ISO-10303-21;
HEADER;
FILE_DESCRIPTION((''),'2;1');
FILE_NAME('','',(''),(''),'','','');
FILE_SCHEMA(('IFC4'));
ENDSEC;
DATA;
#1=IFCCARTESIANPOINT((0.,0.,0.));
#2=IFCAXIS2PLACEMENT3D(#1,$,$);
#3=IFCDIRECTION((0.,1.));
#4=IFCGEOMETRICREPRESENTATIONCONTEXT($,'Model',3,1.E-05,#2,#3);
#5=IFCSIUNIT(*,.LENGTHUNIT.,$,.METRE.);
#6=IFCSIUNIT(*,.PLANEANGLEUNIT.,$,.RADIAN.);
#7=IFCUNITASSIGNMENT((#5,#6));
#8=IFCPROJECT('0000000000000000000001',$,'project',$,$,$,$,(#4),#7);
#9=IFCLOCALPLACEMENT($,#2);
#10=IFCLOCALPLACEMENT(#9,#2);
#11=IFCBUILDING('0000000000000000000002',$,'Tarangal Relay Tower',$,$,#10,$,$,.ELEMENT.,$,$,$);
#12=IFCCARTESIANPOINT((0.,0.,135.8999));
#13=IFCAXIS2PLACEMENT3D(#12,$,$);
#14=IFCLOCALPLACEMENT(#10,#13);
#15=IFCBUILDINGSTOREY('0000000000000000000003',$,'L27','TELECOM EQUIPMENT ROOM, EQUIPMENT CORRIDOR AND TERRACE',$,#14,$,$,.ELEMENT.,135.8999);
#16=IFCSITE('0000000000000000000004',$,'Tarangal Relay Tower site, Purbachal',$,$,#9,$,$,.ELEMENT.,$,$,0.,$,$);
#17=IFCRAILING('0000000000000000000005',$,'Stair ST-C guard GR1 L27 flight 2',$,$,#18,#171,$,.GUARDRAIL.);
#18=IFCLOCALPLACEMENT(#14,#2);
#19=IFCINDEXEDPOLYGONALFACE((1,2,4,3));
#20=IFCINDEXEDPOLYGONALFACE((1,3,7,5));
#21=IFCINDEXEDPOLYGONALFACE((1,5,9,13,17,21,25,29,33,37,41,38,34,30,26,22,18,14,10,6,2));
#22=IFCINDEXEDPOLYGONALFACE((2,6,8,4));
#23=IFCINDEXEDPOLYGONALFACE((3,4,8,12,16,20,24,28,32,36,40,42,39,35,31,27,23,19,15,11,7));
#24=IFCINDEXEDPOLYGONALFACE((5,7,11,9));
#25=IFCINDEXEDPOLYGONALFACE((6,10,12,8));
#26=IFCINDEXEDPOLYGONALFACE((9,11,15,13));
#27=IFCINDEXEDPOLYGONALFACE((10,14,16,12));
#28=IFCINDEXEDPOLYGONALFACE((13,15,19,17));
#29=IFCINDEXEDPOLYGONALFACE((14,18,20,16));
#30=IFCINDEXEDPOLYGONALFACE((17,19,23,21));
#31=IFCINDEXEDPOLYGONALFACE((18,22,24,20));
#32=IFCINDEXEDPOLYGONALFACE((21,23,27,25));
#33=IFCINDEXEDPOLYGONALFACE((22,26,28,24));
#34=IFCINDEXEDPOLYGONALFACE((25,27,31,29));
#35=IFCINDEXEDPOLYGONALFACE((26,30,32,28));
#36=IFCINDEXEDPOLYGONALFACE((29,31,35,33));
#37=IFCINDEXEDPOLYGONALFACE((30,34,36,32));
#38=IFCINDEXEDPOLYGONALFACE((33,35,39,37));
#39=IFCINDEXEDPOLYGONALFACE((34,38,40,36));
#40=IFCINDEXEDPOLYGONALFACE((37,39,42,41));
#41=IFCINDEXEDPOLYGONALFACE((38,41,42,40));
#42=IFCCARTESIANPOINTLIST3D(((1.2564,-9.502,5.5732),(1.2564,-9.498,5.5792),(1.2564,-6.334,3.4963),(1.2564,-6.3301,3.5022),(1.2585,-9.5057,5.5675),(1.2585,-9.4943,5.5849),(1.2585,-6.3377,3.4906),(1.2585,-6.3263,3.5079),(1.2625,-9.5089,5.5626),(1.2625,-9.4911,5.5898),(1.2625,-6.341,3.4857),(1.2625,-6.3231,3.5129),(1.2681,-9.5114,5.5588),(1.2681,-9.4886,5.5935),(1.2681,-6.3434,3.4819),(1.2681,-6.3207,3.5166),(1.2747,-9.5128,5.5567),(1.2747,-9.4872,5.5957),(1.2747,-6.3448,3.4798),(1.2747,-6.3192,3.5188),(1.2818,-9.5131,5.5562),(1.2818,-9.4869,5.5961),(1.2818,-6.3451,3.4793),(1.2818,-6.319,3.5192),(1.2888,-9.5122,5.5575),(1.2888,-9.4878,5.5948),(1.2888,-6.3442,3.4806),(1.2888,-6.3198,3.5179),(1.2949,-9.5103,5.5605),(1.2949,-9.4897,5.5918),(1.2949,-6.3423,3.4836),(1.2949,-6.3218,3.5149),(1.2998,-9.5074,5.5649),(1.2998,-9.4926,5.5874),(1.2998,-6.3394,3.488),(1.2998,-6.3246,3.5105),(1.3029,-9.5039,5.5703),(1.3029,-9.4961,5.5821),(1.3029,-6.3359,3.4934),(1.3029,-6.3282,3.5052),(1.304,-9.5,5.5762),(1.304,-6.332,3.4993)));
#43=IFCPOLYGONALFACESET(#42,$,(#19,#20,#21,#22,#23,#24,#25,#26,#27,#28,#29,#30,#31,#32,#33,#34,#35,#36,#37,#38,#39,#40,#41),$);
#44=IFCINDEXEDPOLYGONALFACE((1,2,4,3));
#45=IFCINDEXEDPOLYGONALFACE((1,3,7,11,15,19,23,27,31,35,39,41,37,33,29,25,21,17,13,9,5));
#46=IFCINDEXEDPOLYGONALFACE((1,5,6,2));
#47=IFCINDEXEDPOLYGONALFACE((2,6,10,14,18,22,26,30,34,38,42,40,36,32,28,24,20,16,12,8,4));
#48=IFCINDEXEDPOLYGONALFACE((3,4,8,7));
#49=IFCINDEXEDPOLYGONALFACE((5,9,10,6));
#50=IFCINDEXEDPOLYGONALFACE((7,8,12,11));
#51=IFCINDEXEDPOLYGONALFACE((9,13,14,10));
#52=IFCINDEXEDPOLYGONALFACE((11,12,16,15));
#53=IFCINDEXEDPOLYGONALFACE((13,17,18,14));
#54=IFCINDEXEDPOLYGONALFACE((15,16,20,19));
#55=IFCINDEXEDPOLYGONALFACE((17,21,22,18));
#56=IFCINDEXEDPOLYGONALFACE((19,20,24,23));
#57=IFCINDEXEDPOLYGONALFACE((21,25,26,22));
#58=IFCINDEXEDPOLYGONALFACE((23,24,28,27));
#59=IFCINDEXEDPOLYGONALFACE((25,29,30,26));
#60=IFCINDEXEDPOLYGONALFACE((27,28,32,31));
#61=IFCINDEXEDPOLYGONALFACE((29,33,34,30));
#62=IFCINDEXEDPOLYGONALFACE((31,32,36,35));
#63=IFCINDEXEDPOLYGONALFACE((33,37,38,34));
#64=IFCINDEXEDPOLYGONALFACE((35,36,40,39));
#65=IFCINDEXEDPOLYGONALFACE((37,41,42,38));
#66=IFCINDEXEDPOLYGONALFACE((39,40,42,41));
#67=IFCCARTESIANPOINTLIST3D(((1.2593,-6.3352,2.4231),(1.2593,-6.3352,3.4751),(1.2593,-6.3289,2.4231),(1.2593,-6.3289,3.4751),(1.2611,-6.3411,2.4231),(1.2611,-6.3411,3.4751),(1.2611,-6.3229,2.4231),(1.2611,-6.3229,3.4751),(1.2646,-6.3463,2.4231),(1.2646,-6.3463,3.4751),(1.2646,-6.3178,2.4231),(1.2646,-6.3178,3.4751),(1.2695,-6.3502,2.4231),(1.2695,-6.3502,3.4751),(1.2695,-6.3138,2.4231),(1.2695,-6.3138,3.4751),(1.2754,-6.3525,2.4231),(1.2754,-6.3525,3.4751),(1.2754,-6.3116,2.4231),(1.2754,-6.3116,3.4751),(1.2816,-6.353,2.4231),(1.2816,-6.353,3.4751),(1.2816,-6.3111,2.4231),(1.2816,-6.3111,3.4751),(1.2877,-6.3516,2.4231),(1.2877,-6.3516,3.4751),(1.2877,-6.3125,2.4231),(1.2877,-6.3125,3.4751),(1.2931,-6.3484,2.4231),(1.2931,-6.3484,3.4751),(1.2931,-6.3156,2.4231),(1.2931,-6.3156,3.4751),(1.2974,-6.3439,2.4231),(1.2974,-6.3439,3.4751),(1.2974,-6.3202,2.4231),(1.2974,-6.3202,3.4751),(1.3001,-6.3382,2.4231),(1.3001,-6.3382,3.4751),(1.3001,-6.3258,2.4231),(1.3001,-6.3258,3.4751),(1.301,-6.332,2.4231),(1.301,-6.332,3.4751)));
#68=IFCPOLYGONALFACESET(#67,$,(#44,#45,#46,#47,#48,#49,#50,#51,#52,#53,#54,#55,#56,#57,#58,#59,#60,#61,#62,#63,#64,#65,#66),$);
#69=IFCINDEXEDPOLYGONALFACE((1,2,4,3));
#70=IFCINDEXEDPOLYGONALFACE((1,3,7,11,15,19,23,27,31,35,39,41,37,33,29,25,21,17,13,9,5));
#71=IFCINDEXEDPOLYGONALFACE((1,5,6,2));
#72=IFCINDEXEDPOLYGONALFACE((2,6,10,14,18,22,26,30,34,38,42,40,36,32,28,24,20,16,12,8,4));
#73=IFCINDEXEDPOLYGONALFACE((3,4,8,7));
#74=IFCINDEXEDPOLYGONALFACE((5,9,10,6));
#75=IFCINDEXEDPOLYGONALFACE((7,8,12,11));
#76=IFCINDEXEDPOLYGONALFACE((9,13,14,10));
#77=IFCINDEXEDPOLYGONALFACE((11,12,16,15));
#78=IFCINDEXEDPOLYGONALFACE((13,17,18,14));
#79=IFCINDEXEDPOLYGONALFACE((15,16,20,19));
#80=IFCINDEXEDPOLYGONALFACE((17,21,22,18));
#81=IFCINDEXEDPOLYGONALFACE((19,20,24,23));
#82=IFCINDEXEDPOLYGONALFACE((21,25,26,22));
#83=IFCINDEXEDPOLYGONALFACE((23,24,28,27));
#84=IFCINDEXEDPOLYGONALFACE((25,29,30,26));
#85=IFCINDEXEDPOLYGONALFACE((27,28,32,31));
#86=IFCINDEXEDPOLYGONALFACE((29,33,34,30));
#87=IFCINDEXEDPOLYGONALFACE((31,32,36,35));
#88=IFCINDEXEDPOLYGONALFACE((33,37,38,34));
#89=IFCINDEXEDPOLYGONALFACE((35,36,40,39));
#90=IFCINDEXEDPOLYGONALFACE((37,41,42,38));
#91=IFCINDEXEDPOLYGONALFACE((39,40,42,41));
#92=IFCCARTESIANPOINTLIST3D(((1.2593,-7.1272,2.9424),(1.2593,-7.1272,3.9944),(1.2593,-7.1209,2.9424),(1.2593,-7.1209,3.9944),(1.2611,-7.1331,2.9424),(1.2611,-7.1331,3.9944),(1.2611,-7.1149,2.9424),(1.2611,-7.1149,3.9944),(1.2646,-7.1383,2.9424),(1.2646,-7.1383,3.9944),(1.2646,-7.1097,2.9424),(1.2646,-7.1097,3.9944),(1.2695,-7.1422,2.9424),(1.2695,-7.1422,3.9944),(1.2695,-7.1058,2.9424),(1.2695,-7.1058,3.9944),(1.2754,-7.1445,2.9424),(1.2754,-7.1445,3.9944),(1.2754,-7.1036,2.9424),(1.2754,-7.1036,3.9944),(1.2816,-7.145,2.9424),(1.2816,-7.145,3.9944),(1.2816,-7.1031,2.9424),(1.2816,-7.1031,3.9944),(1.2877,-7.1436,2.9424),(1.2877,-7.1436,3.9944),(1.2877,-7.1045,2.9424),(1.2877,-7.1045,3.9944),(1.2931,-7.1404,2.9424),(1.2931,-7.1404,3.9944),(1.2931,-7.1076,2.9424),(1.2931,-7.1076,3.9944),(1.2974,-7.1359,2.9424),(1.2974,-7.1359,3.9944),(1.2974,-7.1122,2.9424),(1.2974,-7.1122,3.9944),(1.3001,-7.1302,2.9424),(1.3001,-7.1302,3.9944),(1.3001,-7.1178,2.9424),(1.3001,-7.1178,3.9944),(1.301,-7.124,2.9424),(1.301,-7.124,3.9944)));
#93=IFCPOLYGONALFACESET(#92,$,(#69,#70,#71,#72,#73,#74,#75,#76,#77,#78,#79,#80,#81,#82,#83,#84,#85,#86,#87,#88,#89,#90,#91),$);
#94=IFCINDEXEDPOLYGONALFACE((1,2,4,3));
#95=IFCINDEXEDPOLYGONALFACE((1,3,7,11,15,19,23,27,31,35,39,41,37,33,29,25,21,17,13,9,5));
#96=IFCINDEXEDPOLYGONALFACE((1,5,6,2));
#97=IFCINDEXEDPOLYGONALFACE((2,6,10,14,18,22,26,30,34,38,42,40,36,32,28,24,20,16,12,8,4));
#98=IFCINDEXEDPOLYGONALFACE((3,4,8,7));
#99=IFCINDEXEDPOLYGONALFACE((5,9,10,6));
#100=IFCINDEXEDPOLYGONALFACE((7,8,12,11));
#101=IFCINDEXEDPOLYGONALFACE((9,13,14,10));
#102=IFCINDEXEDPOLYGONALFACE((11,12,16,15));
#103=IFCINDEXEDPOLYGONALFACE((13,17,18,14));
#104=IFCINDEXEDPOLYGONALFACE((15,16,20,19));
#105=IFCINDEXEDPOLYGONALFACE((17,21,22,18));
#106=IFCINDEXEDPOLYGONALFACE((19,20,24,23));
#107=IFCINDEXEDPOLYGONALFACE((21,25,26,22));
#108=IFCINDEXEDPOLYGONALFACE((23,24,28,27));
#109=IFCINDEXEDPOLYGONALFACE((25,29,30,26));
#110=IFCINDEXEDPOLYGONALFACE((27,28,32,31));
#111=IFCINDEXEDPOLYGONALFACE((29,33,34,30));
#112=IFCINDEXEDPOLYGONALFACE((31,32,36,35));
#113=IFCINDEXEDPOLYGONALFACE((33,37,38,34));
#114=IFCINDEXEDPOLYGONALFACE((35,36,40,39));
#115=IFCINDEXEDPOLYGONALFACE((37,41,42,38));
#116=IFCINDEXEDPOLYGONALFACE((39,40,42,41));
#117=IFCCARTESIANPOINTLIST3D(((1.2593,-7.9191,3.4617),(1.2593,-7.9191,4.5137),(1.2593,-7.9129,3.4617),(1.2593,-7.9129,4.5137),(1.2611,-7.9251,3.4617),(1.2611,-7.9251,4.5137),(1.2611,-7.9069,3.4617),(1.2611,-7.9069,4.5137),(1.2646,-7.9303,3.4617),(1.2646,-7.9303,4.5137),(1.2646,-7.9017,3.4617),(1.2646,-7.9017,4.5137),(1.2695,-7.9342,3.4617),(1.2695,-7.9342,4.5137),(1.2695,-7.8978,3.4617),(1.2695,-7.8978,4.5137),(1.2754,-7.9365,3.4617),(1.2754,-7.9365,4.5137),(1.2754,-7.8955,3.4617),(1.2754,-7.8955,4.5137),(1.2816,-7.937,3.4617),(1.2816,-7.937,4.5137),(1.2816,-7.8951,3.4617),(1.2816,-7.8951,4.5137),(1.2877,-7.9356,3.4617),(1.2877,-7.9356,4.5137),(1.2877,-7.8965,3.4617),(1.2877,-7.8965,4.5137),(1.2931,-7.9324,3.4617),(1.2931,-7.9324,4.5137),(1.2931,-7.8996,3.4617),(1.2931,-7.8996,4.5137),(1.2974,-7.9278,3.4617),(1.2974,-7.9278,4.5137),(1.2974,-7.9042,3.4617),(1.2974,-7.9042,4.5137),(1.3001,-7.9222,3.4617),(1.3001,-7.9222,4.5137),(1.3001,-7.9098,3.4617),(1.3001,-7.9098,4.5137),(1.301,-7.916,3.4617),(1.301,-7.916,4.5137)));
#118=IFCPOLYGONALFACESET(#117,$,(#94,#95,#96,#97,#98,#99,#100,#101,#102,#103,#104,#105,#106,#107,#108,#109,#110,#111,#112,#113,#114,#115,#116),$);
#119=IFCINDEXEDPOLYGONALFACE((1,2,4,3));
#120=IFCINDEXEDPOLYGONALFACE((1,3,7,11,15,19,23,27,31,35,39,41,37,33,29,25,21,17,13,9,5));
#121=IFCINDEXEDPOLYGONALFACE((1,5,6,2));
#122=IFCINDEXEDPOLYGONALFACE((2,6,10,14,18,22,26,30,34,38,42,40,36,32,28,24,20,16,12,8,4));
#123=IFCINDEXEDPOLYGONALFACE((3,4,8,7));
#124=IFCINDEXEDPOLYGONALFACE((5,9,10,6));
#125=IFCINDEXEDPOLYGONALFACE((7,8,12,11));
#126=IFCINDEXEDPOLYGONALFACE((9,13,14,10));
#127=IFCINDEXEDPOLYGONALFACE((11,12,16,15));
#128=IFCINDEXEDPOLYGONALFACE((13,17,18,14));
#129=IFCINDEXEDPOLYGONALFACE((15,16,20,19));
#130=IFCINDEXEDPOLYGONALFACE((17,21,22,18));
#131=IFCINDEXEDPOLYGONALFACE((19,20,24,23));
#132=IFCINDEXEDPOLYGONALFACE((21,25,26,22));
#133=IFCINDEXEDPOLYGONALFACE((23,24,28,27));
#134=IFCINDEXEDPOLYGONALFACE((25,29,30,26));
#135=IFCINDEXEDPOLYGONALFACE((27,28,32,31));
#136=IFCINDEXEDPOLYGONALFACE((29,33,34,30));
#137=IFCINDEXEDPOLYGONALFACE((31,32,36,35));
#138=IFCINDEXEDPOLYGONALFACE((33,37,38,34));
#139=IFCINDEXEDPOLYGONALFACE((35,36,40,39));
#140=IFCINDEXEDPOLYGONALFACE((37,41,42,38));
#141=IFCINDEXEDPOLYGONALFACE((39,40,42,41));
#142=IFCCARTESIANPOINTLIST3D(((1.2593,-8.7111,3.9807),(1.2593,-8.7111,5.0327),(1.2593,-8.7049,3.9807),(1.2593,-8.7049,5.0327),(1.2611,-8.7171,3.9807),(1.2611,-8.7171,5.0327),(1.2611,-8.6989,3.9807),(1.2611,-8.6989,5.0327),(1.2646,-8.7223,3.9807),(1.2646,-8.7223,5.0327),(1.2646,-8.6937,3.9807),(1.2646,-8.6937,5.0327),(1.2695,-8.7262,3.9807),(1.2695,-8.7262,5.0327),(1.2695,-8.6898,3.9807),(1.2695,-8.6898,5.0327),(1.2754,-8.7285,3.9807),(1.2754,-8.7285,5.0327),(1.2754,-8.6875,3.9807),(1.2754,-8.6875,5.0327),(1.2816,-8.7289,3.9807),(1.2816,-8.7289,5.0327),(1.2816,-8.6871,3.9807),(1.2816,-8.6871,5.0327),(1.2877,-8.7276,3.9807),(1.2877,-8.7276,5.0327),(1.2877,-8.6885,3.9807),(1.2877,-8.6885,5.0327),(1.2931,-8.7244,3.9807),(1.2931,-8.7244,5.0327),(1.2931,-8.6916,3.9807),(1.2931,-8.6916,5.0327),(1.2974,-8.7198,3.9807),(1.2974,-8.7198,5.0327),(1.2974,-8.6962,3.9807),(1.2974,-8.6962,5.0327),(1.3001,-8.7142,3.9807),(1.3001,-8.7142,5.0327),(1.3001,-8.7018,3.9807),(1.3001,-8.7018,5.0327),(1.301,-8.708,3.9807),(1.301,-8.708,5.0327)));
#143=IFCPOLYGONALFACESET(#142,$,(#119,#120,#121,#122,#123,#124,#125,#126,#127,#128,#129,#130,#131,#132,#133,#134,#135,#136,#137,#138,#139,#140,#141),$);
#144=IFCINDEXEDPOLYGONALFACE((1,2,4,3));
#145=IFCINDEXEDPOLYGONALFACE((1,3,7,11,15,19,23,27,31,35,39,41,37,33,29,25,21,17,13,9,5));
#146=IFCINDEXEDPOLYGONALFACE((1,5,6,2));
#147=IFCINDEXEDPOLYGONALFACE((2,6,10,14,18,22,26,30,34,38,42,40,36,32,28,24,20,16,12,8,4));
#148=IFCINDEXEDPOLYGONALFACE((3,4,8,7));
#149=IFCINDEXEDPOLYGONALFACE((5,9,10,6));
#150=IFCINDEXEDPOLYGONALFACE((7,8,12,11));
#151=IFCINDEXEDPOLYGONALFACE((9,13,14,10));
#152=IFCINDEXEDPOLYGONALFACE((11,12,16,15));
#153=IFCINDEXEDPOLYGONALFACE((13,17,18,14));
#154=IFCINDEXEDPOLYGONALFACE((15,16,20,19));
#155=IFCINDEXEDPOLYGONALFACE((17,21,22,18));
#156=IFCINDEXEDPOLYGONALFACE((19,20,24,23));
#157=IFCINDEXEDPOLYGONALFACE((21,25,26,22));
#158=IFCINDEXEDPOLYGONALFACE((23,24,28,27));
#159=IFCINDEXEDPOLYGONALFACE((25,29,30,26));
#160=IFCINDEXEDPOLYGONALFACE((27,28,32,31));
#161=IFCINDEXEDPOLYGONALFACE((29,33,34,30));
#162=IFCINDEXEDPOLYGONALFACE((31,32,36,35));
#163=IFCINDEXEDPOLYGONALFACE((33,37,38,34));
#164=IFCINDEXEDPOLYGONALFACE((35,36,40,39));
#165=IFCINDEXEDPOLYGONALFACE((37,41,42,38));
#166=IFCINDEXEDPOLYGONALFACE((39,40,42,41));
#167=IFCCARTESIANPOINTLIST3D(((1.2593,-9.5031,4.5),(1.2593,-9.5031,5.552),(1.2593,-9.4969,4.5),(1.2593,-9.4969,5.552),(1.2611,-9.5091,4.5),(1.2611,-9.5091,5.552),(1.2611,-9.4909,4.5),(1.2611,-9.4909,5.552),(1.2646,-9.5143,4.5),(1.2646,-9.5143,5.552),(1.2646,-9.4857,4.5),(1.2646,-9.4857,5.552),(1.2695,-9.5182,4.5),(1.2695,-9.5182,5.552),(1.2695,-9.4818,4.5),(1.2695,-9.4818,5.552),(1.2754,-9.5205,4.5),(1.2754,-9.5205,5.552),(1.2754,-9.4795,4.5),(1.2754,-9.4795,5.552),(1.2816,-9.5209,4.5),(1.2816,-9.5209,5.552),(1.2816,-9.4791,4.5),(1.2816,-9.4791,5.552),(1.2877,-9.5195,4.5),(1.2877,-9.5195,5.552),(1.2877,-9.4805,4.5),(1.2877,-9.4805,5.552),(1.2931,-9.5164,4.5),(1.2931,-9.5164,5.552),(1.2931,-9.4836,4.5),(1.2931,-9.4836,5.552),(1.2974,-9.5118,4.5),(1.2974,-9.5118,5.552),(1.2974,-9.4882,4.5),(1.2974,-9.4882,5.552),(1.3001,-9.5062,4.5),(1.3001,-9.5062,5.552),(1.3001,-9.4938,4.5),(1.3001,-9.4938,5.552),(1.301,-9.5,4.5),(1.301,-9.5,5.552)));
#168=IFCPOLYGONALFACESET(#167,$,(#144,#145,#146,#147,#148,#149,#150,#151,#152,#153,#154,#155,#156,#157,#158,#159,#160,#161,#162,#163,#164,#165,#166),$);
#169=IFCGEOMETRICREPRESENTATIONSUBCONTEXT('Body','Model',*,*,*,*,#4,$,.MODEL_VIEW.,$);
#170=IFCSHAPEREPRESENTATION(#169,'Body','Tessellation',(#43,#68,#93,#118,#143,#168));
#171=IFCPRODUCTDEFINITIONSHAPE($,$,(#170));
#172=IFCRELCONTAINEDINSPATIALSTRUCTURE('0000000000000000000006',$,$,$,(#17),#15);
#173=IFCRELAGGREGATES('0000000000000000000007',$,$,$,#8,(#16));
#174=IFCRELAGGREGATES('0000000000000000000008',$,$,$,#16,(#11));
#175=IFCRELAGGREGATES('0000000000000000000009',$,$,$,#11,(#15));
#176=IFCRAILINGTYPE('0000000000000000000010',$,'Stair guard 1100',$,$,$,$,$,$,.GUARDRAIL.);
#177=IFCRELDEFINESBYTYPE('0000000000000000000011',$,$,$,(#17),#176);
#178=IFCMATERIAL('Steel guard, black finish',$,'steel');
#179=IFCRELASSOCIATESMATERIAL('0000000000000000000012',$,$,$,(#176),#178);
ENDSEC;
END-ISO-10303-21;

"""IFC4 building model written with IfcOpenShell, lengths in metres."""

from ifc_helpers import new_model, si_unit, direction, frame, origin, origin_2d, place, context, subcontext, project, spatial, circle, extrude, material, type_object, element, save


model = new_model("IFC4")

# Units and contexts
model_context = context("Model", 3, precision=1e-05, world=origin(), true_north=direction((0.0, 1.0)))
body_context = subcontext(model_context, "Body", "Model", "MODEL_VIEW")
ifc_project = project(units=[si_unit("LENGTHUNIT", "METRE"), si_unit("PLANEANGLEUNIT", "RADIAN")], contexts=[model_context])

# Site, building, storey
site_placement = place(None, origin())
site = spatial("IfcSite", under=ifc_project, at=site_placement, Name="Tarangal Relay Tower site, Purbachal", CompositionType="ELEMENT", RefElevation=0.0)
building_placement = place(site_placement, origin())
building = spatial("IfcBuilding", under=site, at=building_placement, Name="Tarangal Relay Tower", CompositionType="ELEMENT")
storey_placement = place(building_placement, frame((0.0, 0.0, 135.8999)))
storey = spatial("IfcBuildingStorey", under=building, at=storey_placement, Name="L27", Description="TELECOM EQUIPMENT ROOM, EQUIPMENT CORRIDOR AND TERRACE", CompositionType="ELEMENT", Elevation=135.8999)

# Railing
ifc_material_1 = material(Name="Steel guard, black finish", Category="steel")
railing_type_1 = type_object("IfcRailingType", Name="Stair guard 1100", PredefinedType="GUARDRAIL", material=ifc_material_1)
railing_1_placement = place(storey_placement, frame((1.28, -6.332, 2.4231)))
element("IfcRailing", 1, at=railing_1_placement, inside=storey, type_object=railing_type_1, Name="Stair ST-C guard GR1 L27 flight 2", PredefinedType="GUARDRAIL", context=body_context, shape_type="SweptSolid", body=[
    extrude(circle(Radius=0.0239, at=origin_2d()), frame((0.0, 0.0, 1.0762), z_axis=(0.0, -0.836299, 0.548273), x_axis=(1.0, 0.0, 0.0)), (0.0, 0.0, 1.0), 3.7881),
    extrude(circle(Radius=0.021, at=origin_2d()), origin(), (0.0, 0.0, 1.0), 1.052),
    extrude(circle(Radius=0.021, at=origin_2d()), frame((0.0, -0.792, 0.5193)), (0.0, 0.0, 1.0), 1.052),
    extrude(circle(Radius=0.021, at=origin_2d()), frame((0.0, -1.584, 1.0386)), (0.0, 0.0, 1.0), 1.052),
    extrude(circle(Radius=0.021, at=origin_2d()), frame((0.0, -2.376, 1.5576)), (0.0, 0.0, 1.0), 1.052),
    extrude(circle(Radius=0.021, at=origin_2d()), frame((0.0, -3.168, 2.0769)), (0.0, 0.0, 1.0), 1.052),
])

save(model, "model.ifc")
